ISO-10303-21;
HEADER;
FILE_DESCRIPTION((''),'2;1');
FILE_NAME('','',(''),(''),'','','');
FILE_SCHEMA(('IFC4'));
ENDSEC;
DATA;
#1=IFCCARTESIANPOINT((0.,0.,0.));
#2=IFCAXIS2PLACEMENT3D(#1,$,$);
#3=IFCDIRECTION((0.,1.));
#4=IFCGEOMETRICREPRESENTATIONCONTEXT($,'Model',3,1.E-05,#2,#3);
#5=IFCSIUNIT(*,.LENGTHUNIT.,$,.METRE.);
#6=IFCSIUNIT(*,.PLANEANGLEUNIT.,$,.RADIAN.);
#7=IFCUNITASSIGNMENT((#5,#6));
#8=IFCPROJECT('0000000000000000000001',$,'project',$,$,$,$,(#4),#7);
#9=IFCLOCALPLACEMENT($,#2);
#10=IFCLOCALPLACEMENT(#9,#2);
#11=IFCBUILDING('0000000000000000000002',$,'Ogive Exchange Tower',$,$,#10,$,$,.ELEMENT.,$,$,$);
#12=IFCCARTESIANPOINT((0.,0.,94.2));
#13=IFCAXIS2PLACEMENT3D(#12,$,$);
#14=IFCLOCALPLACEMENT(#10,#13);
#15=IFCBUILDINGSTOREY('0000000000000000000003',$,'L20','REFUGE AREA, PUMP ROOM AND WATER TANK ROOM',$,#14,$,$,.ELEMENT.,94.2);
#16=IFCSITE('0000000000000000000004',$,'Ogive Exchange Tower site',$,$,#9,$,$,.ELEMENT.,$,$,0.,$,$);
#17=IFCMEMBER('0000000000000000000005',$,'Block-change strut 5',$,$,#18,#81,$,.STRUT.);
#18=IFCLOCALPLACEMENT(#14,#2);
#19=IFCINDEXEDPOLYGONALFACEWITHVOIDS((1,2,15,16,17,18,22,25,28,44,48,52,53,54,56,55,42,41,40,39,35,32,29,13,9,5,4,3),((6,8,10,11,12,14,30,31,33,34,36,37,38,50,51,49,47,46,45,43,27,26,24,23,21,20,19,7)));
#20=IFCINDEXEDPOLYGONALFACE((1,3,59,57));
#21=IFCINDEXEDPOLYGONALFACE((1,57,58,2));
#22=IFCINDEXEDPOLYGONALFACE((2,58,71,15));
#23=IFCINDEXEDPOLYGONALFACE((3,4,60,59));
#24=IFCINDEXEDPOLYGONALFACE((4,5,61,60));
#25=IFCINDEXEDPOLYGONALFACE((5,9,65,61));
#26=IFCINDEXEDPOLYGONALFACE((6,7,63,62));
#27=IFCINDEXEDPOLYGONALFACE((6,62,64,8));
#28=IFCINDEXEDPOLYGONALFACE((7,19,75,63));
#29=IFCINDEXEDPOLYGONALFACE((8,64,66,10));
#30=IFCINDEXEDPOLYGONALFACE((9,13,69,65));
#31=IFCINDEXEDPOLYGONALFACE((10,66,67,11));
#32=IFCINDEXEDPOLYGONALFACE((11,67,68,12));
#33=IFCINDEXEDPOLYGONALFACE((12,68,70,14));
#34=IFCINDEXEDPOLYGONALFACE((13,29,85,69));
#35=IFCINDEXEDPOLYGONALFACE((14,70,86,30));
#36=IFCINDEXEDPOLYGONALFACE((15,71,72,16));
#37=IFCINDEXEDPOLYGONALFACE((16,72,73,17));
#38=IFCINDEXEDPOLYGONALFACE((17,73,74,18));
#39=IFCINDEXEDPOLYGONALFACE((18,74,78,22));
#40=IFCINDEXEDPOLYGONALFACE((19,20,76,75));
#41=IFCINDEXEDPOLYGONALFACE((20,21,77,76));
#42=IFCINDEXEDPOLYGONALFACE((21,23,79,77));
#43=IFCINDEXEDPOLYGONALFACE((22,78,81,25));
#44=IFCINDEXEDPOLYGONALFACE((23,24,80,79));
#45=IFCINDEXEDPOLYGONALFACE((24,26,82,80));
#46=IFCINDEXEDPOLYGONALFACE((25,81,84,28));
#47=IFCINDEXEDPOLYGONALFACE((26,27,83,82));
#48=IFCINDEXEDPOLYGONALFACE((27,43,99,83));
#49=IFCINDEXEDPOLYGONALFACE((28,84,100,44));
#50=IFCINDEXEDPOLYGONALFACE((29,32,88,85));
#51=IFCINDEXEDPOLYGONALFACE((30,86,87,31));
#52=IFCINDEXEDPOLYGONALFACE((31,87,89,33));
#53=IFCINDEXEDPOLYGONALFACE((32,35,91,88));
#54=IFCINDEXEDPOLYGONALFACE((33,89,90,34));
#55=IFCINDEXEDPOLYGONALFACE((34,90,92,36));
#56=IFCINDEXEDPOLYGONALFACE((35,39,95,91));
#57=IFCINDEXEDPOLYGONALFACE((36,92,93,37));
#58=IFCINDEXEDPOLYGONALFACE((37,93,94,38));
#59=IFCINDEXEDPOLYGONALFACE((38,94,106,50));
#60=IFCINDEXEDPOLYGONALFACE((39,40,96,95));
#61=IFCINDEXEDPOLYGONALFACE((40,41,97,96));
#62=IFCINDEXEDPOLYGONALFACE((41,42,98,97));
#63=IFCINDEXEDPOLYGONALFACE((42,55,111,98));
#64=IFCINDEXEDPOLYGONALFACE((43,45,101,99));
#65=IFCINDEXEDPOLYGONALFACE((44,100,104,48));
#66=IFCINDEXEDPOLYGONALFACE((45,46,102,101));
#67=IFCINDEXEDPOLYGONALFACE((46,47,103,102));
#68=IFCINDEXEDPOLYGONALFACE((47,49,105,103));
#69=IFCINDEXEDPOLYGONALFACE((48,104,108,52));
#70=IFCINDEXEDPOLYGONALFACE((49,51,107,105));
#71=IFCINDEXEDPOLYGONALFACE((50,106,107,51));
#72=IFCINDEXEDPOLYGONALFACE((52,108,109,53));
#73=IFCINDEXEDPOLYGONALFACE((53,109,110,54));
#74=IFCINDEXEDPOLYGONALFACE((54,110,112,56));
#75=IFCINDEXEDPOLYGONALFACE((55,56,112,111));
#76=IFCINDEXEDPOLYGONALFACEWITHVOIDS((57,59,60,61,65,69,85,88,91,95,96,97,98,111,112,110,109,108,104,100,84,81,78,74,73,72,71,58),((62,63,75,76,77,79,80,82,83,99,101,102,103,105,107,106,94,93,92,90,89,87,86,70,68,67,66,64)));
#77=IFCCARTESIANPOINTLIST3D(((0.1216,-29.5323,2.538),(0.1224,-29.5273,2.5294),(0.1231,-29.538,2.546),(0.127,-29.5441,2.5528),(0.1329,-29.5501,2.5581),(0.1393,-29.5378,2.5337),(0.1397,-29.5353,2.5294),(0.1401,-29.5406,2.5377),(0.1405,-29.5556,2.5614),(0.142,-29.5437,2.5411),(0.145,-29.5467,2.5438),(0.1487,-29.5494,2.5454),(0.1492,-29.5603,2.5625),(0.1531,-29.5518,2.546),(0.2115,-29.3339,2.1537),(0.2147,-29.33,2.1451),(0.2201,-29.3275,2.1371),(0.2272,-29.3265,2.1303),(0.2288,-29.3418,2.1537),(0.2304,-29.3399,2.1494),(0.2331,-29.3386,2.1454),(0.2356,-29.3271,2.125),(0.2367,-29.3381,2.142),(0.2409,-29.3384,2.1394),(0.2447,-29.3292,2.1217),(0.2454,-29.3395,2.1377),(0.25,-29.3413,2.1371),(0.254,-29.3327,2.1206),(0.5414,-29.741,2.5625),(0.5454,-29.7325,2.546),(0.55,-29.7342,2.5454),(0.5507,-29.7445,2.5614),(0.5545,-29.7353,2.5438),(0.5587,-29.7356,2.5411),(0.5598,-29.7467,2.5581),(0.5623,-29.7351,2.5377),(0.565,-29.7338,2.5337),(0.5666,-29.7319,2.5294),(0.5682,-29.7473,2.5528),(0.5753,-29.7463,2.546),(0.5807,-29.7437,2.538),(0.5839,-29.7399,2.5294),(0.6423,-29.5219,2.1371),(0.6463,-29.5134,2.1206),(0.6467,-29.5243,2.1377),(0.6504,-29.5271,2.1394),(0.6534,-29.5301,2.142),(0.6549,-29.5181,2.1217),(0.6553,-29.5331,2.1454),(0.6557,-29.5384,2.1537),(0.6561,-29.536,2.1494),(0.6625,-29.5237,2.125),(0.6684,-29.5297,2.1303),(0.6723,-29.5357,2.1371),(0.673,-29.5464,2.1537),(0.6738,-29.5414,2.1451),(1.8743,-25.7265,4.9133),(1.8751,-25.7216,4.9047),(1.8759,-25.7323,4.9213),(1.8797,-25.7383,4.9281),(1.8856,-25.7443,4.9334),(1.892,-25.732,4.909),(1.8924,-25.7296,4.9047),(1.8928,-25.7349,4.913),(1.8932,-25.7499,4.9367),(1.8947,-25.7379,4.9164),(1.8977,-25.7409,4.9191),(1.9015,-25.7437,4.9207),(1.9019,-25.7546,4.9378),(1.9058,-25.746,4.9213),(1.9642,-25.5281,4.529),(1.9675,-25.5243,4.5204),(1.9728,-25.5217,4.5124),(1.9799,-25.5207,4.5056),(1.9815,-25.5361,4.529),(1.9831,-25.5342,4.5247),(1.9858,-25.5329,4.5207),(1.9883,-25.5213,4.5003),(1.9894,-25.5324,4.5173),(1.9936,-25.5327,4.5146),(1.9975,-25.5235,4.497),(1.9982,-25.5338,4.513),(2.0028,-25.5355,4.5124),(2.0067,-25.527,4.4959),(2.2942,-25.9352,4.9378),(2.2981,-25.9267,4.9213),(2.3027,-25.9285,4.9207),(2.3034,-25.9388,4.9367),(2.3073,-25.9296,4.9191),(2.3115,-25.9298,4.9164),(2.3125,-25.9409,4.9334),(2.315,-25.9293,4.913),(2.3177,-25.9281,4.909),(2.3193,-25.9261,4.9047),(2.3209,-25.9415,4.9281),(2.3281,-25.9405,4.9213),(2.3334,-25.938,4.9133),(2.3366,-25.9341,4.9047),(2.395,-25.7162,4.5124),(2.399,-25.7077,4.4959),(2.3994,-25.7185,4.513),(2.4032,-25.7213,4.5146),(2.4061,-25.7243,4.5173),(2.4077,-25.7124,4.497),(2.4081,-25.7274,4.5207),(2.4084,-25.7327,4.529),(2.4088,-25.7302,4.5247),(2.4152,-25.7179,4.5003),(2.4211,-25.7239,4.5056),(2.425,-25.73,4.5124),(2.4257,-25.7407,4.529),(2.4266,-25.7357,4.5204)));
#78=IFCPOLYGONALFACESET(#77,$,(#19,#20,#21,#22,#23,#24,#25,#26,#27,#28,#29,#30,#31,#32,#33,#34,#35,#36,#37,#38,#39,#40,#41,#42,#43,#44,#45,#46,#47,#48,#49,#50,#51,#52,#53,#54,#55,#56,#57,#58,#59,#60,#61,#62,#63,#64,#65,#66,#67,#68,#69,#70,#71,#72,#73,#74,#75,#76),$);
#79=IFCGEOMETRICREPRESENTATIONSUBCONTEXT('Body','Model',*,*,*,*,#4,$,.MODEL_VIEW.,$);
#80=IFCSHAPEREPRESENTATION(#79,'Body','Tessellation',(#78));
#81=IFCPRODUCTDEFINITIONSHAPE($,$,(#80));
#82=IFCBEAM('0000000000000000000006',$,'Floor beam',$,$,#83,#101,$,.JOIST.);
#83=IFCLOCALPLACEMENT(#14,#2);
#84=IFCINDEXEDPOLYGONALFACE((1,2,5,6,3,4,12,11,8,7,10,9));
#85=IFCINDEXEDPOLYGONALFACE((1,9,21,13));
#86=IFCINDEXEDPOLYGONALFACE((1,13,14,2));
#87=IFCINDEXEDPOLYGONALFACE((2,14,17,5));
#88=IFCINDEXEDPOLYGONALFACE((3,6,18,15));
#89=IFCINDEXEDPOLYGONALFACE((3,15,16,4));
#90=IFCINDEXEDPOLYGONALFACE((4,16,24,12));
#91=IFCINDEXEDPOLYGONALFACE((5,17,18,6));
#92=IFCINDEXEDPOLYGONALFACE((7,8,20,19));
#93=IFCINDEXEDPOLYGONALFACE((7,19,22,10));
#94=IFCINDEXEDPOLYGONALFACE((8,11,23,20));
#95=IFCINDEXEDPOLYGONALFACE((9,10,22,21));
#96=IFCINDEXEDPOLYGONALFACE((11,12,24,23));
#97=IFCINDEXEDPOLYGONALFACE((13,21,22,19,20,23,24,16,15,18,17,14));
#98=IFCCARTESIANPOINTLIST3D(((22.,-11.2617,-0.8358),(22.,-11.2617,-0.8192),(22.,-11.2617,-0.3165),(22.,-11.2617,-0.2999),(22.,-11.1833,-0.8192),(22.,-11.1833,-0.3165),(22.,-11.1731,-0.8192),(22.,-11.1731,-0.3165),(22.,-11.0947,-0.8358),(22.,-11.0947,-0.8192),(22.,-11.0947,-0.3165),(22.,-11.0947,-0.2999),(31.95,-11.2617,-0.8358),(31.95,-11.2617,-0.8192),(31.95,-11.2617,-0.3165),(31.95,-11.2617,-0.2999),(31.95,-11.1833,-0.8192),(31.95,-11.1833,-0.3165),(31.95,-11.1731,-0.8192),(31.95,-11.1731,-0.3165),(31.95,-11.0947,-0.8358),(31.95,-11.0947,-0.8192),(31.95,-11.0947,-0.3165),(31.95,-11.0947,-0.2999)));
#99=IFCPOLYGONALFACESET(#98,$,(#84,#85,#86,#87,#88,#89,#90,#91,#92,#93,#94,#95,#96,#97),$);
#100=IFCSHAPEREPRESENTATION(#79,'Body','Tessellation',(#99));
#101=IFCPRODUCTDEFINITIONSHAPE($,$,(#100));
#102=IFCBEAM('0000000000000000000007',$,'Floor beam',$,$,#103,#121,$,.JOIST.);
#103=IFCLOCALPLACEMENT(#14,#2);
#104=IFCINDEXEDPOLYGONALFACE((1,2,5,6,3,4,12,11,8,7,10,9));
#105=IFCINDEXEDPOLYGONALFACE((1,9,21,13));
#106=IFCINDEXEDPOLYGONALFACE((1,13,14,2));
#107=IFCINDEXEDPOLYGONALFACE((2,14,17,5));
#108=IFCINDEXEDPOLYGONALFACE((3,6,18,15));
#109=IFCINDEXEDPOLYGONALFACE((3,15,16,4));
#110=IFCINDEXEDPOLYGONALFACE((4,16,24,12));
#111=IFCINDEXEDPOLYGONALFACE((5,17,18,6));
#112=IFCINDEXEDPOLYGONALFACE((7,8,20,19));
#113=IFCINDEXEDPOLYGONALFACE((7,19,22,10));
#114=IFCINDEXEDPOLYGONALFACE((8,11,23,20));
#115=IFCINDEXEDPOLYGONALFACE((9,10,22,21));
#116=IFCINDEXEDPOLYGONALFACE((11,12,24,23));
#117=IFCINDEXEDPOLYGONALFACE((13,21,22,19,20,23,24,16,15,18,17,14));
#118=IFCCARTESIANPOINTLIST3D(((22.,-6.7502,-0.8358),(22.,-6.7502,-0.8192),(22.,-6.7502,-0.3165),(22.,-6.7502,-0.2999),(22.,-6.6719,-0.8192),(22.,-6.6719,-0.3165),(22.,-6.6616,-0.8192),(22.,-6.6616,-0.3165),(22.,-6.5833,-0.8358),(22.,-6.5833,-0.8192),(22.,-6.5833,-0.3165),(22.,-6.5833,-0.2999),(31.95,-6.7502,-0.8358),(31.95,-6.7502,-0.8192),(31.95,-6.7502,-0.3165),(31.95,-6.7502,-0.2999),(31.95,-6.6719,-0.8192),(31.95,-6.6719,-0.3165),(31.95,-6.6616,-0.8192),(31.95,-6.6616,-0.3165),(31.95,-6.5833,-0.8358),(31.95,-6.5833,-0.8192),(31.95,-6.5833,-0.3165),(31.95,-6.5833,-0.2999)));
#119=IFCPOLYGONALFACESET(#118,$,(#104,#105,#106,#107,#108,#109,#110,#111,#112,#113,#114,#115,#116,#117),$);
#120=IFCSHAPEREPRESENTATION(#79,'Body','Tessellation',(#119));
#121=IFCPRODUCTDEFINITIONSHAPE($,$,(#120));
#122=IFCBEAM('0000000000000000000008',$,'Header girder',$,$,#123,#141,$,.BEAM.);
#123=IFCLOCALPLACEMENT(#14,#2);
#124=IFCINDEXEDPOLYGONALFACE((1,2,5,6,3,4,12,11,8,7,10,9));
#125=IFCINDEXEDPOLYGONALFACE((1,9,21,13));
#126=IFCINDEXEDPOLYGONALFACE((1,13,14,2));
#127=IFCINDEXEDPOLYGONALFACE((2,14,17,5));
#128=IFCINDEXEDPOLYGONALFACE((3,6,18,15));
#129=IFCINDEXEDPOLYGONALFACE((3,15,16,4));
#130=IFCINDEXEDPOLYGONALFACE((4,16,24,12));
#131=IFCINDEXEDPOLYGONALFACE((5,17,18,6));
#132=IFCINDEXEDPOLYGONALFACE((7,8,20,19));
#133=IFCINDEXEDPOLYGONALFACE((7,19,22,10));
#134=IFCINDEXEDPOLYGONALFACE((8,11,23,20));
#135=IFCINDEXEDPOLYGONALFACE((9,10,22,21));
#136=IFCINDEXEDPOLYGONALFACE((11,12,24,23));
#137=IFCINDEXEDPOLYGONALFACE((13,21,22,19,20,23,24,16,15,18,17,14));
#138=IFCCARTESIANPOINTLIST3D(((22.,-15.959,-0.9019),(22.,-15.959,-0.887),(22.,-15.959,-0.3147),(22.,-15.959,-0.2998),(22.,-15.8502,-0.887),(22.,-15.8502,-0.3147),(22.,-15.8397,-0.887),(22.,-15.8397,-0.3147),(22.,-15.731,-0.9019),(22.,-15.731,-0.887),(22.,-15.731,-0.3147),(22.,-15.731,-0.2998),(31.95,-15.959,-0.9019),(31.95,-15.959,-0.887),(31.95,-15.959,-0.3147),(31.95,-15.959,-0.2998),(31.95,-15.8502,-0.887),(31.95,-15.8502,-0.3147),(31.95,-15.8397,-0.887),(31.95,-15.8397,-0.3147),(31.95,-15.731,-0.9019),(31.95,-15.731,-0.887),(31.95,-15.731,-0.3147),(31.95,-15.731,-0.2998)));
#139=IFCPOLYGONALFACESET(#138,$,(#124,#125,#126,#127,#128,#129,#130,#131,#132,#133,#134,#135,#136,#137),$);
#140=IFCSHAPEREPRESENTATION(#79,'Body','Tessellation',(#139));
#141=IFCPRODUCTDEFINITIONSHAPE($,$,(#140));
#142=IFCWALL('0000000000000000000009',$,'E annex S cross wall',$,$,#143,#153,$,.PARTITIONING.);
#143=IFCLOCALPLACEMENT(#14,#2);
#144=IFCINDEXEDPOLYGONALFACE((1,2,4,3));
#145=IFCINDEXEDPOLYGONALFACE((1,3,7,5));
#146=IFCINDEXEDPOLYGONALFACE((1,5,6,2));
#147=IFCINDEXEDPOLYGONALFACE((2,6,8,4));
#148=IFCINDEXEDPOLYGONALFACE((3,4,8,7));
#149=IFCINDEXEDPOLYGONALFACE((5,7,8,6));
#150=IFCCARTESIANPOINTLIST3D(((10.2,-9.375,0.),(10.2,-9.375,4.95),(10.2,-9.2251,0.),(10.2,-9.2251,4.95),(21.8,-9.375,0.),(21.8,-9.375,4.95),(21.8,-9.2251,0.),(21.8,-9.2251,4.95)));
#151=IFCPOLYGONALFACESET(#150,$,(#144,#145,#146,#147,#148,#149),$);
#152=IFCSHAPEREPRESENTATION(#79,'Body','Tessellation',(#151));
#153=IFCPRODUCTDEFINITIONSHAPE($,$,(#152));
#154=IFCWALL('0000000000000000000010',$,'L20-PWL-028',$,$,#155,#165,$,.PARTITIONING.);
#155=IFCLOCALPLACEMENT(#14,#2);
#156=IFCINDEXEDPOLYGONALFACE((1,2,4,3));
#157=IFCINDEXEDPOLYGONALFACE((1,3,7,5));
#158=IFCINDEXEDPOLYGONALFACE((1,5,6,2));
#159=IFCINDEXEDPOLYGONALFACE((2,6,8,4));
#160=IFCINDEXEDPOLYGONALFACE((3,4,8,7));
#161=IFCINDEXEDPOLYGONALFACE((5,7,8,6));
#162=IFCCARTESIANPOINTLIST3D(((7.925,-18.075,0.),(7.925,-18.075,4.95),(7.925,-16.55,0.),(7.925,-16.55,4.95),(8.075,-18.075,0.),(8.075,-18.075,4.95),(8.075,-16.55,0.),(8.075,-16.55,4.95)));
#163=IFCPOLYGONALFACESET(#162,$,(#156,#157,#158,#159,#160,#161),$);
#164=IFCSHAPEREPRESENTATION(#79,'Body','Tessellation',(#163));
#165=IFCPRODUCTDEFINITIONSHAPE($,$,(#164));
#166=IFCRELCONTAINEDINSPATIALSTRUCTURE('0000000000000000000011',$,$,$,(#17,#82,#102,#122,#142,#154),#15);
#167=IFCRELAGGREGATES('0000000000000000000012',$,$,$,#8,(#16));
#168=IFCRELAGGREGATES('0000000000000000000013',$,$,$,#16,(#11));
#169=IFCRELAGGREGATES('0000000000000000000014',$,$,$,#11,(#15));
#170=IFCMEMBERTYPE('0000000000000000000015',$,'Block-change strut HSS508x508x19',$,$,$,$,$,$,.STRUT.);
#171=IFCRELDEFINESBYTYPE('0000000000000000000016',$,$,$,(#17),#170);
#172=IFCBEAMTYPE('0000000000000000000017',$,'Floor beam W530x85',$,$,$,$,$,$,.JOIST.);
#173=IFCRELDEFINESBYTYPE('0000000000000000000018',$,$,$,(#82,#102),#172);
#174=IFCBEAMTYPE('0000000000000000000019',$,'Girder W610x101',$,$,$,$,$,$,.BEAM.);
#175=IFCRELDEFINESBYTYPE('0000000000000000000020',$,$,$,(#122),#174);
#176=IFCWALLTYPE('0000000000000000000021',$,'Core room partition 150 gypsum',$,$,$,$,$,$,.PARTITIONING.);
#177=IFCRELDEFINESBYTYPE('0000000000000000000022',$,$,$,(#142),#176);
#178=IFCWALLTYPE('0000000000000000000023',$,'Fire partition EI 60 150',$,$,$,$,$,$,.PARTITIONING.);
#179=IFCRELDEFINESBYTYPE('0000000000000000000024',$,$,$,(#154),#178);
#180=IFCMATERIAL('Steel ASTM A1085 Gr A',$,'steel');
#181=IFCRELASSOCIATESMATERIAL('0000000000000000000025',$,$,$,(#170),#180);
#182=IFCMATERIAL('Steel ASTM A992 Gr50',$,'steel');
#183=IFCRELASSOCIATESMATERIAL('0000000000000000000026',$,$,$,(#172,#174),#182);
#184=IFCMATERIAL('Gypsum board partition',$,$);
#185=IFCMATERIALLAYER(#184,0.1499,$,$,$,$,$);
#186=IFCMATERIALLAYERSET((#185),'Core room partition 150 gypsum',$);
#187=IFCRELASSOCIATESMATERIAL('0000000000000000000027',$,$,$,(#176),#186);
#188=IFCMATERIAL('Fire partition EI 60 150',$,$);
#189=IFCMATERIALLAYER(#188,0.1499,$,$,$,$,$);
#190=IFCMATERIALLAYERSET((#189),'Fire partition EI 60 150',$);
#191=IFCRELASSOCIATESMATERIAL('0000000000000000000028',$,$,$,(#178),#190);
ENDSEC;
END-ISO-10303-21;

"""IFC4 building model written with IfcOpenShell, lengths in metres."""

from ifc_helpers import new_model, si_unit, direction, frame, frame_2d, origin, origin_2d, place, context, subcontext, project, spatial, rectangle, hollow_rectangle, i_section, extrude, material, layer, layer_set, material_profile, profile_set, type_object, element, save


model = new_model("IFC4")

# Units and contexts
model_context = context("Model", 3, precision=1e-05, world=origin(), true_north=direction((0.0, 1.0)))
body_context = subcontext(model_context, "Body", "Model", "MODEL_VIEW")
ifc_project = project(units=[si_unit("LENGTHUNIT", "METRE"), si_unit("PLANEANGLEUNIT", "RADIAN")], contexts=[model_context])

# Site, building, storey
site_placement = place(None, origin())
site = spatial("IfcSite", under=ifc_project, at=site_placement, Name="Ogive Exchange Tower site", CompositionType="ELEMENT", RefElevation=0.0)
building_placement = place(site_placement, origin())
building = spatial("IfcBuilding", under=site, at=building_placement, Name="Ogive Exchange Tower", CompositionType="ELEMENT")
storey_placement = place(building_placement, frame((0.0, 0.0, 94.2)))
storey = spatial("IfcBuildingStorey", under=building, at=storey_placement, Name="L20", Description="REFUGE AREA, PUMP ROOM AND WATER TANK ROOM", CompositionType="ELEMENT", Elevation=94.2)

# Member
ifc_material_1 = material(Name="Steel ASTM A1085 Gr A", Category="steel")
ifc_material_profile_1 = material_profile(ifc_material_1, hollow_rectangle(XDim=0.5081, YDim=0.5081, WallThickness=0.019, InnerFilletRadius=0.019, OuterFilletRadius=0.0381, at=origin_2d()), Name="HSS508x508x19")
ifc_profile_set_1 = profile_set([ifc_material_profile_1], Name="Steel ASTM A1085 Gr A")
member_type = type_object("IfcMemberType", Name="Block-change strut HSS508x508x19", PredefinedType="STRUT", material=ifc_profile_set_1)
member_placement = place(storey_placement, frame((0.3977, -29.5369, 2.3416), z_axis=(0.363907, 0.790163, 0.493168), x_axis=(-0.908302, 0.418315, 0.0)))
element("IfcMember", 1, at=member_placement, inside=storey, type_object=member_type, Name="Block-change strut 5", PredefinedType="STRUT", context=body_context, shape_type="SweptSolid", body=[
    extrude(hollow_rectangle(XDim=0.5081, YDim=0.5081, WallThickness=0.019, InnerFilletRadius=0.019, OuterFilletRadius=0.0381, at=origin_2d()), origin(), (0.0, 0.0, 1.0), 4.8164),
])

# Beams
ifc_material_2 = material(Name="Steel ASTM A992 Gr50", Category="steel")
ifc_material_profile_2 = material_profile(ifc_material_2, i_section(OverallWidth=0.167, OverallDepth=0.5359, WebThickness=0.0103, FlangeThickness=0.0166, at=origin_2d()), Name="W530x85")
ifc_profile_set_2 = profile_set([ifc_material_profile_2], Name="Steel ASTM A992 Gr50")
beam_type_1 = type_object("IfcBeamType", Name="Floor beam W530x85", PredefinedType="JOIST", material=ifc_profile_set_2)
for number, where, z_axis, x_axis, name in (
    (2, (22.0, -11.1782, -0.5679), (1.0, 0.0, 0.0), (0.0, 1.0, 0.0), "Floor beam"),
    (3, (22.0, -6.6667, -0.5679), (1.0, 0.0, 0.0), (0.0, 1.0, 0.0), "Floor beam"),
):
    element("IfcBeam", number, at=place(storey_placement, frame(where, z_axis=z_axis, x_axis=x_axis)), inside=storey, type_object=beam_type_1, Name=name, PredefinedType="JOIST", context=body_context, shape_type="SweptSolid", body=[
        extrude(i_section(OverallWidth=0.167, OverallDepth=0.5359, WebThickness=0.0103, FlangeThickness=0.0166, at=origin_2d()), origin(), (0.0, 0.0, 1.0), 9.95),
    ])
ifc_material_profile_3 = material_profile(ifc_material_2, i_section(OverallWidth=0.228, OverallDepth=0.6021, WebThickness=0.0105, FlangeThickness=0.0149, at=origin_2d()), Name="W610x101")
ifc_profile_set_3 = profile_set([ifc_material_profile_3], Name="Steel ASTM A992 Gr50")
beam_type_2 = type_object("IfcBeamType", Name="Girder W610x101", PredefinedType="BEAM", material=ifc_profile_set_3)
beam_placement = place(storey_placement, frame((22.0, -15.845, -0.6008), z_axis=(1.0, 0.0, 0.0), x_axis=(0.0, 1.0, 0.0)))
element("IfcBeam", 4, at=beam_placement, inside=storey, type_object=beam_type_2, Name="Header girder", PredefinedType="BEAM", context=body_context, shape_type="SweptSolid", body=[
    extrude(i_section(OverallWidth=0.228, OverallDepth=0.6021, WebThickness=0.0105, FlangeThickness=0.0149, at=origin_2d()), origin(), (0.0, 0.0, 1.0), 9.95),
])

# Walls
ifc_material_3 = material(Name="Gypsum board partition")
ifc_layer_1 = layer(ifc_material_3, 0.1499)
ifc_layer_set_1 = layer_set([ifc_layer_1], Name="Core room partition 150 gypsum")
wall_type_1 = type_object("IfcWallType", Name="Core room partition 150 gypsum", PredefinedType="PARTITIONING", material=ifc_layer_set_1)
wall_1_placement = place(storey_placement, frame((10.2, -9.3, 0.0), z_axis=(0.0, 0.0, 1.0), x_axis=(1.0, 0.0, 0.0)))
element("IfcWall", 5, at=wall_1_placement, inside=storey, type_object=wall_type_1, Name="E annex S cross wall", PredefinedType="PARTITIONING", context=body_context, shape_type="SweptSolid", body=[
    extrude(rectangle(XDim=11.6001, YDim=0.1499, at=frame_2d((5.8, 0.0))), origin(), (0.0, 0.0, 1.0), 4.95),
])
ifc_material_4 = material(Name="Fire partition EI 60 150")
ifc_layer_2 = layer(ifc_material_4, 0.1499)
ifc_layer_set_2 = layer_set([ifc_layer_2], Name="Fire partition EI 60 150")
wall_type_2 = type_object("IfcWallType", Name="Fire partition EI 60 150", PredefinedType="PARTITIONING", material=ifc_layer_set_2)
wall_2_placement = place(storey_placement, frame((8.0, -18.075, 0.0), z_axis=(0.0, 0.0, 1.0), x_axis=(0.0, 1.0, 0.0)))
element("IfcWall", 6, at=wall_2_placement, inside=storey, type_object=wall_type_2, Name="L20-PWL-028", PredefinedType="PARTITIONING", context=body_context, shape_type="SweptSolid", body=[
    extrude(rectangle(XDim=1.5249, YDim=0.1499, at=frame_2d((0.7625, 0.0))), origin(), (0.0, 0.0, 1.0), 4.95),
])

save(model, "model.ifc")
